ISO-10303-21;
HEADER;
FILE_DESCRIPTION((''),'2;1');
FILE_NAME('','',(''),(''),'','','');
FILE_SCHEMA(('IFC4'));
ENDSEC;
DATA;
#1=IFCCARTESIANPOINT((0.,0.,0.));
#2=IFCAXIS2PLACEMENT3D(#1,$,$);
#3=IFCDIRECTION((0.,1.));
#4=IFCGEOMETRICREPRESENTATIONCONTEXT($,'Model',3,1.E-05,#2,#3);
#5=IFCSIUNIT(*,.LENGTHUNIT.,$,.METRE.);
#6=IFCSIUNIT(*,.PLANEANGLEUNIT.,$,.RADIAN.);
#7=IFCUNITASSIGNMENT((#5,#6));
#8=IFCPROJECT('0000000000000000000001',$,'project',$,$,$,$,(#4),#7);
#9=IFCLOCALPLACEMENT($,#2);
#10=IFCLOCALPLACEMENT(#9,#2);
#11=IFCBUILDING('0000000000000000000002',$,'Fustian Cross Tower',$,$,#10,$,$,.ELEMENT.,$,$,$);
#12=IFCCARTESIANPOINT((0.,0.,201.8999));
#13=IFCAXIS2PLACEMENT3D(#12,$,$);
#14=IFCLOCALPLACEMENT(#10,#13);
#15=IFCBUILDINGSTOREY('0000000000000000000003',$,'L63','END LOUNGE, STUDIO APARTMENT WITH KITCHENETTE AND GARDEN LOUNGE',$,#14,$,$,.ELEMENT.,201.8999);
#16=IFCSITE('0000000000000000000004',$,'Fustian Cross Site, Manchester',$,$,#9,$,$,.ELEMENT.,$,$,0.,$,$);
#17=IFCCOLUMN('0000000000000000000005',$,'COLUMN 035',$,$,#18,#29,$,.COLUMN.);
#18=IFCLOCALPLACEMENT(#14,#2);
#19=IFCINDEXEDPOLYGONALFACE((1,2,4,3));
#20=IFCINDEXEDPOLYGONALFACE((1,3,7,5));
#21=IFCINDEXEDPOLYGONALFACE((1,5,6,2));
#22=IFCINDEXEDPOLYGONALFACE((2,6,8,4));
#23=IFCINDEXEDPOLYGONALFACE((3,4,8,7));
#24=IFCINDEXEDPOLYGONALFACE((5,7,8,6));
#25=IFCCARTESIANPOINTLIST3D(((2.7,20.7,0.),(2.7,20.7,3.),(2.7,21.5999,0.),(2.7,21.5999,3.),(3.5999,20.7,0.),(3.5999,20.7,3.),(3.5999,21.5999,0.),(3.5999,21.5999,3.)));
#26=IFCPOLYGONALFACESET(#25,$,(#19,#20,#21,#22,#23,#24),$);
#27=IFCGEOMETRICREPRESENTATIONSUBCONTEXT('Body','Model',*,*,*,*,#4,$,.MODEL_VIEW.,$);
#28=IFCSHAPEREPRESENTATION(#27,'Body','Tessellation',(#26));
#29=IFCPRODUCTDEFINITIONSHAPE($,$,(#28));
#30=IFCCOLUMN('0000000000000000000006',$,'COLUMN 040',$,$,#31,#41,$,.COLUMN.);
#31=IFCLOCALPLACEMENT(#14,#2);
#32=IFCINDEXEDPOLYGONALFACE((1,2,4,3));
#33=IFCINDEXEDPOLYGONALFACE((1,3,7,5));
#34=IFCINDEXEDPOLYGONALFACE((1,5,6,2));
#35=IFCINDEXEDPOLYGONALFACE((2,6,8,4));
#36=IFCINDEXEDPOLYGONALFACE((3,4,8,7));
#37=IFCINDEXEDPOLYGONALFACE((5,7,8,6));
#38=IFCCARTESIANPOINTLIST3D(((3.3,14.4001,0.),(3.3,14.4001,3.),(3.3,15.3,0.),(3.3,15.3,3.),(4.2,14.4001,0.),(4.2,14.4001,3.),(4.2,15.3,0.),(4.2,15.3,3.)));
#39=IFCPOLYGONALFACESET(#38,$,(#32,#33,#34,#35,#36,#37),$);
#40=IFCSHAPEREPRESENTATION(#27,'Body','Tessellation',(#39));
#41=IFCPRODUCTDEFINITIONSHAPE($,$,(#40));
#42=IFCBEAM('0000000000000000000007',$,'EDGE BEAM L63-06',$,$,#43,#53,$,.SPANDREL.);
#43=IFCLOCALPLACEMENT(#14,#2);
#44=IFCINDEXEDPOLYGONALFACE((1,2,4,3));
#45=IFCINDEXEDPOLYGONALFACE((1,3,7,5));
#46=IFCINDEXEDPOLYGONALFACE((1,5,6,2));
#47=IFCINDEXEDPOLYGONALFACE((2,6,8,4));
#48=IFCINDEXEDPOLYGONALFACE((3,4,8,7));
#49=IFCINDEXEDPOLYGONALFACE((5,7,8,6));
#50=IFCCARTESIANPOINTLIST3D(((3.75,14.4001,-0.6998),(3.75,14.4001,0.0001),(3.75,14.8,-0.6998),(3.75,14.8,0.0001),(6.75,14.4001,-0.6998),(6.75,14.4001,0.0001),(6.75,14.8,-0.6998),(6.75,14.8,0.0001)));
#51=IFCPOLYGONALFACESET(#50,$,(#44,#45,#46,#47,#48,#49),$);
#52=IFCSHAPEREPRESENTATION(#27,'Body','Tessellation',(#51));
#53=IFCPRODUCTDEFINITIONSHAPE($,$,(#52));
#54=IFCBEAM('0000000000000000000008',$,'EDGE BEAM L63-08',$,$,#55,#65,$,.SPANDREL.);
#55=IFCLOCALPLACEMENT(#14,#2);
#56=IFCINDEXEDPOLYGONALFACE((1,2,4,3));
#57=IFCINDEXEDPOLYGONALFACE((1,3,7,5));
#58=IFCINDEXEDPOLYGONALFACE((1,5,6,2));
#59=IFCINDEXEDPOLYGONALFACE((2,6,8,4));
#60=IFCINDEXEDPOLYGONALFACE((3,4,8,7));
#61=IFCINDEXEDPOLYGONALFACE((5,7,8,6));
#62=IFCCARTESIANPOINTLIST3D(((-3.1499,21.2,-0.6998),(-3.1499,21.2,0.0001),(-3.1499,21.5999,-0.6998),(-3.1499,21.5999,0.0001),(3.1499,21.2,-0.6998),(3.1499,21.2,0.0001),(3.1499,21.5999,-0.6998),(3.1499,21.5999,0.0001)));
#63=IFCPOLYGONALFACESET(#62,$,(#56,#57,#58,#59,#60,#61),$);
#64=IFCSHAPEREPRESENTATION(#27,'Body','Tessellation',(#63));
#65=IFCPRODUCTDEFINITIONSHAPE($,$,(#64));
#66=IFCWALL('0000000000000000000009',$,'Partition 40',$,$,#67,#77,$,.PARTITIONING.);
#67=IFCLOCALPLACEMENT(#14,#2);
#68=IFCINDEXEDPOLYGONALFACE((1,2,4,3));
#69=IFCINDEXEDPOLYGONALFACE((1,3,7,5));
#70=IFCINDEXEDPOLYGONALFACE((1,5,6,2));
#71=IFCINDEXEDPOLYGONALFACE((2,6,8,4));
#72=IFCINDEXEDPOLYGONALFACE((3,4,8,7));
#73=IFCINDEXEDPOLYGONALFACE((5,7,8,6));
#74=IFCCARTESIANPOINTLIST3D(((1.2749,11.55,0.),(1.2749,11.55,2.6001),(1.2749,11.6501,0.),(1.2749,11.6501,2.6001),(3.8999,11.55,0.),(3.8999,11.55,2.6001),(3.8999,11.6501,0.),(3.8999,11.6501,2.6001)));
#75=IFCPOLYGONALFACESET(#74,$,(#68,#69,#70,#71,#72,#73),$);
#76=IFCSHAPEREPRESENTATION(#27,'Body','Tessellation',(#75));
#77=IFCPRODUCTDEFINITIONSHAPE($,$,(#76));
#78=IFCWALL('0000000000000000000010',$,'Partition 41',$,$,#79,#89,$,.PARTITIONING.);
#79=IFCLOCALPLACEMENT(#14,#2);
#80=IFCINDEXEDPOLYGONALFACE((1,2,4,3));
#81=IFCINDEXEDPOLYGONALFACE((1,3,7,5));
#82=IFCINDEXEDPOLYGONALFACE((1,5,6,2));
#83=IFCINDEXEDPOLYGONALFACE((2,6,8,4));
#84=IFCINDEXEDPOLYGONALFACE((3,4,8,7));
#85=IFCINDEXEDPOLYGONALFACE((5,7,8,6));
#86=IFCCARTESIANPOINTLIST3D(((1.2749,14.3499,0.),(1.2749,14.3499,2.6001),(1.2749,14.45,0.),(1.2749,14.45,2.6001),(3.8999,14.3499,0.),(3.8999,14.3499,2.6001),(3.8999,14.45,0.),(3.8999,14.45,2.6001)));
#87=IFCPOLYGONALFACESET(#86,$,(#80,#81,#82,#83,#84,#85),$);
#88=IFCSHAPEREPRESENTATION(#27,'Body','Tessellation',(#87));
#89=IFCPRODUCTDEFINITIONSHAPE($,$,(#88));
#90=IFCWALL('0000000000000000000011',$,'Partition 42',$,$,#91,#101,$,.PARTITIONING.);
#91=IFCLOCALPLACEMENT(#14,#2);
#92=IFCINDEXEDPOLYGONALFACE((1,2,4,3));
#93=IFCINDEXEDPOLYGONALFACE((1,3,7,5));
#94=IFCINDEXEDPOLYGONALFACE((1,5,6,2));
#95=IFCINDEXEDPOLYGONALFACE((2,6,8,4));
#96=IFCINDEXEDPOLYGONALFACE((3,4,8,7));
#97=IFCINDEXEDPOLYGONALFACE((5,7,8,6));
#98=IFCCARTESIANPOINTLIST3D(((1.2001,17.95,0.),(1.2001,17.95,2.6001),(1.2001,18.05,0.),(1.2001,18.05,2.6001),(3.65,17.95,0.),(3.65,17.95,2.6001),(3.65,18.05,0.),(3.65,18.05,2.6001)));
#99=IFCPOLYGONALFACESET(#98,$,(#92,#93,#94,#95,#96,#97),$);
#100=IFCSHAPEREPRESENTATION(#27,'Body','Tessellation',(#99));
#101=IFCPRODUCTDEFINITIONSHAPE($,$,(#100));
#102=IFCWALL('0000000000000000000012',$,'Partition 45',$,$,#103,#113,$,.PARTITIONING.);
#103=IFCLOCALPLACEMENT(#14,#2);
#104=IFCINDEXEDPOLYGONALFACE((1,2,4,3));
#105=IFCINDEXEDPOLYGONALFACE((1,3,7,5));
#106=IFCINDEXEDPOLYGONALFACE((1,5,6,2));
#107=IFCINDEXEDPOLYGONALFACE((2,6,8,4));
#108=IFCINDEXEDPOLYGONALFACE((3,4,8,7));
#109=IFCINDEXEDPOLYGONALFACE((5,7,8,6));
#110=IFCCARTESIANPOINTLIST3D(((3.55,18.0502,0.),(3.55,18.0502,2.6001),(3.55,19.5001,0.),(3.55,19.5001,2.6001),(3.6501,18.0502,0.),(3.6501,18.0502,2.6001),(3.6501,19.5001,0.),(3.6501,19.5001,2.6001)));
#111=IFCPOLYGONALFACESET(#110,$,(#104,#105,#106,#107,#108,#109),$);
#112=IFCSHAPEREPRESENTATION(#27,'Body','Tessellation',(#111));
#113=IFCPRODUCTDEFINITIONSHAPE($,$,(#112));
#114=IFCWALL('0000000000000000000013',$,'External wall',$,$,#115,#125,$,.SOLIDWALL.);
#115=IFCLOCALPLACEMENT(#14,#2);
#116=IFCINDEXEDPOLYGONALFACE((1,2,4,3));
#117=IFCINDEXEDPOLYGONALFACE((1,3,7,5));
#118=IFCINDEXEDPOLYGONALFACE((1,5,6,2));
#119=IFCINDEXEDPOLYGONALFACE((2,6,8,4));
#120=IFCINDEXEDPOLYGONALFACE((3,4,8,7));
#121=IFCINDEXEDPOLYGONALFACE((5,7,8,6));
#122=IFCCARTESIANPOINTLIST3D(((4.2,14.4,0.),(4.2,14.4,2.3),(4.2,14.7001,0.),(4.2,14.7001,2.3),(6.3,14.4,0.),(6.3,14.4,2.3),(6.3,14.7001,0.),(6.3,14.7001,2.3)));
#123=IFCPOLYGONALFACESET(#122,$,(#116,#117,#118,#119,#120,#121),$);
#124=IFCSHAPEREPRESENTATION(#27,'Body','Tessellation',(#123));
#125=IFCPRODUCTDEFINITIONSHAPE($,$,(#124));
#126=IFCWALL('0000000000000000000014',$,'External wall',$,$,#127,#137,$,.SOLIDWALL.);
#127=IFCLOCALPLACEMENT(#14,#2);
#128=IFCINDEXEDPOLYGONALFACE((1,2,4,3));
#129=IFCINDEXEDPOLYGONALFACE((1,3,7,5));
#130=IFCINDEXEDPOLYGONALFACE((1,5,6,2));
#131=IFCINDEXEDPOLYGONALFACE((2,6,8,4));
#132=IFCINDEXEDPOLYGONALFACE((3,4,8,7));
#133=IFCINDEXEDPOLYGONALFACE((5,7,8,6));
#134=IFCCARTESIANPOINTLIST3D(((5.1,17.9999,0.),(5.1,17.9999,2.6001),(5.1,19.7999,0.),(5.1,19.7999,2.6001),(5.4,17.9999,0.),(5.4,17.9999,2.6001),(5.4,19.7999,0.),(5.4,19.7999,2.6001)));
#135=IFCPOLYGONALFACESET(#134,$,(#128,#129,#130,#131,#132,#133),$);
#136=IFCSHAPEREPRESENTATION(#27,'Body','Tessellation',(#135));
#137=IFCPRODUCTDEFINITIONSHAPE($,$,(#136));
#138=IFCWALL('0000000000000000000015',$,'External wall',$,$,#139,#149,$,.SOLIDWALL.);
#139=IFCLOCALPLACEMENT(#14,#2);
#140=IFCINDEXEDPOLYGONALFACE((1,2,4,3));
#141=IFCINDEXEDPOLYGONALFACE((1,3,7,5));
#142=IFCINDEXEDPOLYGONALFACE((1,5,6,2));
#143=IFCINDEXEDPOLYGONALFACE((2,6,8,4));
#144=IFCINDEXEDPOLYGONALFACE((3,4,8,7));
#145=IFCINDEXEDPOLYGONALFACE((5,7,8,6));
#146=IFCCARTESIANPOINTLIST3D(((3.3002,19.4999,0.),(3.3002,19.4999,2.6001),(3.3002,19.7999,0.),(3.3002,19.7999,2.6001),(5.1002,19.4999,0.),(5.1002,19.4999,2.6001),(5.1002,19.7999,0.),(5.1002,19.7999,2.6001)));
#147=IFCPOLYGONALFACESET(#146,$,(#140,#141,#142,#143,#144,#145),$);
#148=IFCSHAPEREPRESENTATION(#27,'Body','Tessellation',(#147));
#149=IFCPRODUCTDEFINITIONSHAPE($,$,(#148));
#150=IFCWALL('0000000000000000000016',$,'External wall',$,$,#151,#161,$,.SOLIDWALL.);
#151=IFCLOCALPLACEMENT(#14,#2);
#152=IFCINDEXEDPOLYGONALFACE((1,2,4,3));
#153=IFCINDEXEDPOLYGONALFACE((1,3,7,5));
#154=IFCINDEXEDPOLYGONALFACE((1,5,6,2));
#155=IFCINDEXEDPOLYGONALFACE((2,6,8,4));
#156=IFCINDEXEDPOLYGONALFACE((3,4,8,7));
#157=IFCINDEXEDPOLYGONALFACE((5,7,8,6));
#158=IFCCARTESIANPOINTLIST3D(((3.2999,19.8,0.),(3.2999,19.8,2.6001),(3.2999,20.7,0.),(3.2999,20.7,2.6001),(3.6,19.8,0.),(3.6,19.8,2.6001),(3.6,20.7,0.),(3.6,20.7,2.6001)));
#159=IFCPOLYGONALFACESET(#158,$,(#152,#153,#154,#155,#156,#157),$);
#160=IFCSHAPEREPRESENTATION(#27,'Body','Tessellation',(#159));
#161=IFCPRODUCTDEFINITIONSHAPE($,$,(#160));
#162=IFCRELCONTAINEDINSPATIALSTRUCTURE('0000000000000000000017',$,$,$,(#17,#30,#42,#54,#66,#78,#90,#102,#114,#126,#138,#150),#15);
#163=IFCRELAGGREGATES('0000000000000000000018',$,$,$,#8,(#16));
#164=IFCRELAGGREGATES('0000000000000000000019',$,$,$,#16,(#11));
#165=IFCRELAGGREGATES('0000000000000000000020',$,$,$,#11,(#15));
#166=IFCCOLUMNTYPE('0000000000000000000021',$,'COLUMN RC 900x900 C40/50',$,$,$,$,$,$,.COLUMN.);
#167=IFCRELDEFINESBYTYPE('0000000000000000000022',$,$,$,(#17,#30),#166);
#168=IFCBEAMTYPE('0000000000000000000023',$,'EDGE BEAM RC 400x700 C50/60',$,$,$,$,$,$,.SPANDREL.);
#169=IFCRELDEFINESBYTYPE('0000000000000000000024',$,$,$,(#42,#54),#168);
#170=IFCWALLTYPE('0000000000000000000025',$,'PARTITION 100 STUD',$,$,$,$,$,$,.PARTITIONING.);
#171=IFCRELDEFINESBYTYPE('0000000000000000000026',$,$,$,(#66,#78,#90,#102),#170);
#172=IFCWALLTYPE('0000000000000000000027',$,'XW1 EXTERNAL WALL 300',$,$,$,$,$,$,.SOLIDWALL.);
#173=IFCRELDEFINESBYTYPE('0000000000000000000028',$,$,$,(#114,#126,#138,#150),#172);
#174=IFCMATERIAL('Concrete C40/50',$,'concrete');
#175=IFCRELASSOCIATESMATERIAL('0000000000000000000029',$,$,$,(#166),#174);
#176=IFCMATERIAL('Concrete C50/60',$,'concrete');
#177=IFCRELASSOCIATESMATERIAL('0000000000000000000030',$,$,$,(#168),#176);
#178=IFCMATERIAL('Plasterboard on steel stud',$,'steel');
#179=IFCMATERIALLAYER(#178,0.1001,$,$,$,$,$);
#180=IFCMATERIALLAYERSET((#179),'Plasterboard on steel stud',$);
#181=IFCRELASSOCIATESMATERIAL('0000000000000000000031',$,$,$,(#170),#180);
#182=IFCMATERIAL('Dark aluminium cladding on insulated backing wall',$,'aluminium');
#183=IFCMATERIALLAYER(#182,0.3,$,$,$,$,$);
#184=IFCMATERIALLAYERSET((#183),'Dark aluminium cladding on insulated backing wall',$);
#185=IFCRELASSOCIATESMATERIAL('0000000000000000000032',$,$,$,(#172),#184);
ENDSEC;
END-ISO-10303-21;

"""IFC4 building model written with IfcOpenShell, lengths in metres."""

from ifc_helpers import new_model, si_unit, direction, frame, frame_2d, origin, origin_2d, place, context, subcontext, project, spatial, rectangle, extrude, material, layer, layer_set, material_profile, profile_set, type_object, element, save


model = new_model("IFC4")

# Units and contexts
model_context = context("Model", 3, precision=1e-05, world=origin(), true_north=direction((0.0, 1.0)))
body_context = subcontext(model_context, "Body", "Model", "MODEL_VIEW")
ifc_project = project(units=[si_unit("LENGTHUNIT", "METRE"), si_unit("PLANEANGLEUNIT", "RADIAN")], contexts=[model_context])

# Site, building, storey
site_placement = place(None, origin())
site = spatial("IfcSite", under=ifc_project, at=site_placement, Name="Fustian Cross Site, Manchester", CompositionType="ELEMENT", RefElevation=0.0)
building_placement = place(site_placement, origin())
building = spatial("IfcBuilding", under=site, at=building_placement, Name="Fustian Cross Tower", CompositionType="ELEMENT")
storey_placement = place(building_placement, frame((0.0, 0.0, 201.8999)))
storey = spatial("IfcBuildingStorey", under=building, at=storey_placement, Name="L63", Description="END LOUNGE, STUDIO APARTMENT WITH KITCHENETTE AND GARDEN LOUNGE", CompositionType="ELEMENT", Elevation=201.8999)

# Columns
ifc_material_1 = material(Name="Concrete C40/50", Category="concrete")
ifc_material_profile_1 = material_profile(ifc_material_1, rectangle(XDim=0.8999, YDim=0.8999, at=origin_2d()), Name="RC 900x900")
ifc_profile_set_1 = profile_set([ifc_material_profile_1], Name="Concrete C40/50")
column_type = type_object("IfcColumnType", Name="COLUMN RC 900x900 C40/50", PredefinedType="COLUMN", material=ifc_profile_set_1)
for number, where, z_axis, x_axis, name in (
    (1, (3.1499, 21.1499, 0.0), (0.0, 0.0, 1.0), (1.0, 0.0, 0.0), "COLUMN 035"),
    (2, (3.75, 14.8501, 0.0), (0.0, 0.0, 1.0), (1.0, 0.0, 0.0), "COLUMN 040"),
):
    element("IfcColumn", number, at=place(storey_placement, frame(where, z_axis=z_axis, x_axis=x_axis)), inside=storey, type_object=column_type, Name=name, PredefinedType="COLUMN", context=body_context, shape_type="SweptSolid", body=[
        extrude(rectangle(XDim=0.8999, YDim=0.8999, at=origin_2d()), origin(), (0.0, 0.0, 1.0), 3.0),
    ])

# Beams
ifc_material_2 = material(Name="Concrete C50/60", Category="concrete")
ifc_material_profile_2 = material_profile(ifc_material_2, rectangle(XDim=0.3999, YDim=0.7, at=origin_2d()), Name="RC 400x700")
ifc_profile_set_2 = profile_set([ifc_material_profile_2], Name="Concrete C50/60")
beam_type = type_object("IfcBeamType", Name="EDGE BEAM RC 400x700 C50/60", PredefinedType="SPANDREL", material=ifc_profile_set_2)
beam_1_placement = place(storey_placement, frame((3.75, 14.6001, -0.3499), z_axis=(1.0, 0.0, 0.0), x_axis=(0.0, 1.0, 0.0)))
element("IfcBeam", 3, at=beam_1_placement, inside=storey, type_object=beam_type, Name="EDGE BEAM L63-06", PredefinedType="SPANDREL", context=body_context, shape_type="SweptSolid", body=[
    extrude(rectangle(XDim=0.3999, YDim=0.7, at=origin_2d()), origin(), (0.0, 0.0, 1.0), 3.0),
])
beam_2_placement = place(storey_placement, frame((3.1499, 21.3999, -0.3499), z_axis=(-1.0, 0.0, 0.0), x_axis=(0.0, -1.0, 0.0)))
element("IfcBeam", 4, at=beam_2_placement, inside=storey, type_object=beam_type, Name="EDGE BEAM L63-08", PredefinedType="SPANDREL", context=body_context, shape_type="SweptSolid", body=[
    extrude(rectangle(XDim=0.3999, YDim=0.7, at=origin_2d()), origin(), (0.0, 0.0, 1.0), 6.2998),
])

# Walls
ifc_material_3 = material(Name="Plasterboard on steel stud", Category="steel")
ifc_layer_1 = layer(ifc_material_3, 0.1001)
ifc_layer_set_1 = layer_set([ifc_layer_1], Name="Plasterboard on steel stud")
wall_type_1 = type_object("IfcWallType", Name="PARTITION 100 STUD", PredefinedType="PARTITIONING", material=ifc_layer_set_1)
for number, where, z_axis, x_axis, name in (
    (5, (1.2749, 11.6001, 0.0), (0.0, 0.0, 1.0), (1.0, 0.0, 0.0), "Partition 40"),
    (6, (1.2749, 14.3999, 0.0), (0.0, 0.0, 1.0), (1.0, 0.0, 0.0), "Partition 41"),
):
    element("IfcWall", number, at=place(storey_placement, frame(where, z_axis=z_axis, x_axis=x_axis)), inside=storey, type_object=wall_type_1, Name=name, PredefinedType="PARTITIONING", context=body_context, shape_type="SweptSolid", body=[
        extrude(rectangle(XDim=2.625, YDim=0.1001, at=frame_2d((1.3125, 0.0))), origin(), (0.0, 0.0, 1.0), 2.6001),
    ])
wall_1_placement = place(storey_placement, frame((1.2, 18.0, 0.0), z_axis=(0.0, 0.0, 1.0), x_axis=(1.0, 0.0, 0.0)))
element("IfcWall", 7, at=wall_1_placement, inside=storey, type_object=wall_type_1, Name="Partition 42", PredefinedType="PARTITIONING", context=body_context, shape_type="SweptSolid", body=[
    extrude(rectangle(XDim=2.45, YDim=0.1001, at=frame_2d((1.2251, 0.0))), origin(), (0.0, 0.0, 1.0), 2.6001),
])
wall_2_placement = place(storey_placement, frame((3.6001, 18.05, 0.0), z_axis=(0.0, 0.0, 1.0), x_axis=(0.0, 1.0, 0.0)))
element("IfcWall", 8, at=wall_2_placement, inside=storey, type_object=wall_type_1, Name="Partition 45", PredefinedType="PARTITIONING", context=body_context, shape_type="SweptSolid", body=[
    extrude(rectangle(XDim=1.45, YDim=0.1001, at=frame_2d((0.7251, 0.0))), origin(), (0.0, 0.0, 1.0), 2.6001),
])
ifc_material_4 = material(Name="Dark aluminium cladding on insulated backing wall", Category="aluminium")
ifc_layer_2 = layer(ifc_material_4, 0.3)
ifc_layer_set_2 = layer_set([ifc_layer_2], Name="Dark aluminium cladding on insulated backing wall")
wall_type_2 = type_object("IfcWallType", Name="XW1 EXTERNAL WALL 300", PredefinedType="SOLIDWALL", material=ifc_layer_set_2)
wall_3_placement = place(storey_placement, frame((4.2, 14.55, 0.0), z_axis=(0.0, 0.0, 1.0), x_axis=(1.0, 0.0, 0.0)))
element("IfcWall", 9, at=wall_3_placement, inside=storey, type_object=wall_type_2, Name="External wall", PredefinedType="SOLIDWALL", context=body_context, shape_type="SweptSolid", body=[
    extrude(rectangle(XDim=2.1001, YDim=0.3, at=frame_2d((1.05, 0.0))), origin(), (0.0, 0.0, 1.0), 2.3),
])
for number, where, z_axis, x_axis, name in (
    (10, (5.25, 18.0, 0.0), (0.0, 0.0, 1.0), (0.0, 1.0, 0.0), "External wall"),
    (11, (5.1001, 19.6499, 0.0), (0.0, 0.0, 1.0), (-1.0, 0.0, 0.0), "External wall"),
):
    element("IfcWall", number, at=place(storey_placement, frame(where, z_axis=z_axis, x_axis=x_axis)), inside=storey, type_object=wall_type_2, Name=name, PredefinedType="SOLIDWALL", context=body_context, shape_type="SweptSolid", body=[
        extrude(rectangle(XDim=1.8, YDim=0.3, at=frame_2d((0.8999, 0.0))), origin(), (0.0, 0.0, 1.0), 2.6001),
    ])
wall_4_placement = place(storey_placement, frame((3.45, 19.8, 0.0), z_axis=(0.0, 0.0, 1.0), x_axis=(0.0, 1.0, 0.0)))
element("IfcWall", 12, at=wall_4_placement, inside=storey, type_object=wall_type_2, Name="External wall", PredefinedType="SOLIDWALL", context=body_context, shape_type="SweptSolid", body=[
    extrude(rectangle(XDim=0.8999, YDim=0.3, at=frame_2d((0.45, 0.0))), origin(), (0.0, 0.0, 1.0), 2.6001),
])

save(model, "model.ifc")
